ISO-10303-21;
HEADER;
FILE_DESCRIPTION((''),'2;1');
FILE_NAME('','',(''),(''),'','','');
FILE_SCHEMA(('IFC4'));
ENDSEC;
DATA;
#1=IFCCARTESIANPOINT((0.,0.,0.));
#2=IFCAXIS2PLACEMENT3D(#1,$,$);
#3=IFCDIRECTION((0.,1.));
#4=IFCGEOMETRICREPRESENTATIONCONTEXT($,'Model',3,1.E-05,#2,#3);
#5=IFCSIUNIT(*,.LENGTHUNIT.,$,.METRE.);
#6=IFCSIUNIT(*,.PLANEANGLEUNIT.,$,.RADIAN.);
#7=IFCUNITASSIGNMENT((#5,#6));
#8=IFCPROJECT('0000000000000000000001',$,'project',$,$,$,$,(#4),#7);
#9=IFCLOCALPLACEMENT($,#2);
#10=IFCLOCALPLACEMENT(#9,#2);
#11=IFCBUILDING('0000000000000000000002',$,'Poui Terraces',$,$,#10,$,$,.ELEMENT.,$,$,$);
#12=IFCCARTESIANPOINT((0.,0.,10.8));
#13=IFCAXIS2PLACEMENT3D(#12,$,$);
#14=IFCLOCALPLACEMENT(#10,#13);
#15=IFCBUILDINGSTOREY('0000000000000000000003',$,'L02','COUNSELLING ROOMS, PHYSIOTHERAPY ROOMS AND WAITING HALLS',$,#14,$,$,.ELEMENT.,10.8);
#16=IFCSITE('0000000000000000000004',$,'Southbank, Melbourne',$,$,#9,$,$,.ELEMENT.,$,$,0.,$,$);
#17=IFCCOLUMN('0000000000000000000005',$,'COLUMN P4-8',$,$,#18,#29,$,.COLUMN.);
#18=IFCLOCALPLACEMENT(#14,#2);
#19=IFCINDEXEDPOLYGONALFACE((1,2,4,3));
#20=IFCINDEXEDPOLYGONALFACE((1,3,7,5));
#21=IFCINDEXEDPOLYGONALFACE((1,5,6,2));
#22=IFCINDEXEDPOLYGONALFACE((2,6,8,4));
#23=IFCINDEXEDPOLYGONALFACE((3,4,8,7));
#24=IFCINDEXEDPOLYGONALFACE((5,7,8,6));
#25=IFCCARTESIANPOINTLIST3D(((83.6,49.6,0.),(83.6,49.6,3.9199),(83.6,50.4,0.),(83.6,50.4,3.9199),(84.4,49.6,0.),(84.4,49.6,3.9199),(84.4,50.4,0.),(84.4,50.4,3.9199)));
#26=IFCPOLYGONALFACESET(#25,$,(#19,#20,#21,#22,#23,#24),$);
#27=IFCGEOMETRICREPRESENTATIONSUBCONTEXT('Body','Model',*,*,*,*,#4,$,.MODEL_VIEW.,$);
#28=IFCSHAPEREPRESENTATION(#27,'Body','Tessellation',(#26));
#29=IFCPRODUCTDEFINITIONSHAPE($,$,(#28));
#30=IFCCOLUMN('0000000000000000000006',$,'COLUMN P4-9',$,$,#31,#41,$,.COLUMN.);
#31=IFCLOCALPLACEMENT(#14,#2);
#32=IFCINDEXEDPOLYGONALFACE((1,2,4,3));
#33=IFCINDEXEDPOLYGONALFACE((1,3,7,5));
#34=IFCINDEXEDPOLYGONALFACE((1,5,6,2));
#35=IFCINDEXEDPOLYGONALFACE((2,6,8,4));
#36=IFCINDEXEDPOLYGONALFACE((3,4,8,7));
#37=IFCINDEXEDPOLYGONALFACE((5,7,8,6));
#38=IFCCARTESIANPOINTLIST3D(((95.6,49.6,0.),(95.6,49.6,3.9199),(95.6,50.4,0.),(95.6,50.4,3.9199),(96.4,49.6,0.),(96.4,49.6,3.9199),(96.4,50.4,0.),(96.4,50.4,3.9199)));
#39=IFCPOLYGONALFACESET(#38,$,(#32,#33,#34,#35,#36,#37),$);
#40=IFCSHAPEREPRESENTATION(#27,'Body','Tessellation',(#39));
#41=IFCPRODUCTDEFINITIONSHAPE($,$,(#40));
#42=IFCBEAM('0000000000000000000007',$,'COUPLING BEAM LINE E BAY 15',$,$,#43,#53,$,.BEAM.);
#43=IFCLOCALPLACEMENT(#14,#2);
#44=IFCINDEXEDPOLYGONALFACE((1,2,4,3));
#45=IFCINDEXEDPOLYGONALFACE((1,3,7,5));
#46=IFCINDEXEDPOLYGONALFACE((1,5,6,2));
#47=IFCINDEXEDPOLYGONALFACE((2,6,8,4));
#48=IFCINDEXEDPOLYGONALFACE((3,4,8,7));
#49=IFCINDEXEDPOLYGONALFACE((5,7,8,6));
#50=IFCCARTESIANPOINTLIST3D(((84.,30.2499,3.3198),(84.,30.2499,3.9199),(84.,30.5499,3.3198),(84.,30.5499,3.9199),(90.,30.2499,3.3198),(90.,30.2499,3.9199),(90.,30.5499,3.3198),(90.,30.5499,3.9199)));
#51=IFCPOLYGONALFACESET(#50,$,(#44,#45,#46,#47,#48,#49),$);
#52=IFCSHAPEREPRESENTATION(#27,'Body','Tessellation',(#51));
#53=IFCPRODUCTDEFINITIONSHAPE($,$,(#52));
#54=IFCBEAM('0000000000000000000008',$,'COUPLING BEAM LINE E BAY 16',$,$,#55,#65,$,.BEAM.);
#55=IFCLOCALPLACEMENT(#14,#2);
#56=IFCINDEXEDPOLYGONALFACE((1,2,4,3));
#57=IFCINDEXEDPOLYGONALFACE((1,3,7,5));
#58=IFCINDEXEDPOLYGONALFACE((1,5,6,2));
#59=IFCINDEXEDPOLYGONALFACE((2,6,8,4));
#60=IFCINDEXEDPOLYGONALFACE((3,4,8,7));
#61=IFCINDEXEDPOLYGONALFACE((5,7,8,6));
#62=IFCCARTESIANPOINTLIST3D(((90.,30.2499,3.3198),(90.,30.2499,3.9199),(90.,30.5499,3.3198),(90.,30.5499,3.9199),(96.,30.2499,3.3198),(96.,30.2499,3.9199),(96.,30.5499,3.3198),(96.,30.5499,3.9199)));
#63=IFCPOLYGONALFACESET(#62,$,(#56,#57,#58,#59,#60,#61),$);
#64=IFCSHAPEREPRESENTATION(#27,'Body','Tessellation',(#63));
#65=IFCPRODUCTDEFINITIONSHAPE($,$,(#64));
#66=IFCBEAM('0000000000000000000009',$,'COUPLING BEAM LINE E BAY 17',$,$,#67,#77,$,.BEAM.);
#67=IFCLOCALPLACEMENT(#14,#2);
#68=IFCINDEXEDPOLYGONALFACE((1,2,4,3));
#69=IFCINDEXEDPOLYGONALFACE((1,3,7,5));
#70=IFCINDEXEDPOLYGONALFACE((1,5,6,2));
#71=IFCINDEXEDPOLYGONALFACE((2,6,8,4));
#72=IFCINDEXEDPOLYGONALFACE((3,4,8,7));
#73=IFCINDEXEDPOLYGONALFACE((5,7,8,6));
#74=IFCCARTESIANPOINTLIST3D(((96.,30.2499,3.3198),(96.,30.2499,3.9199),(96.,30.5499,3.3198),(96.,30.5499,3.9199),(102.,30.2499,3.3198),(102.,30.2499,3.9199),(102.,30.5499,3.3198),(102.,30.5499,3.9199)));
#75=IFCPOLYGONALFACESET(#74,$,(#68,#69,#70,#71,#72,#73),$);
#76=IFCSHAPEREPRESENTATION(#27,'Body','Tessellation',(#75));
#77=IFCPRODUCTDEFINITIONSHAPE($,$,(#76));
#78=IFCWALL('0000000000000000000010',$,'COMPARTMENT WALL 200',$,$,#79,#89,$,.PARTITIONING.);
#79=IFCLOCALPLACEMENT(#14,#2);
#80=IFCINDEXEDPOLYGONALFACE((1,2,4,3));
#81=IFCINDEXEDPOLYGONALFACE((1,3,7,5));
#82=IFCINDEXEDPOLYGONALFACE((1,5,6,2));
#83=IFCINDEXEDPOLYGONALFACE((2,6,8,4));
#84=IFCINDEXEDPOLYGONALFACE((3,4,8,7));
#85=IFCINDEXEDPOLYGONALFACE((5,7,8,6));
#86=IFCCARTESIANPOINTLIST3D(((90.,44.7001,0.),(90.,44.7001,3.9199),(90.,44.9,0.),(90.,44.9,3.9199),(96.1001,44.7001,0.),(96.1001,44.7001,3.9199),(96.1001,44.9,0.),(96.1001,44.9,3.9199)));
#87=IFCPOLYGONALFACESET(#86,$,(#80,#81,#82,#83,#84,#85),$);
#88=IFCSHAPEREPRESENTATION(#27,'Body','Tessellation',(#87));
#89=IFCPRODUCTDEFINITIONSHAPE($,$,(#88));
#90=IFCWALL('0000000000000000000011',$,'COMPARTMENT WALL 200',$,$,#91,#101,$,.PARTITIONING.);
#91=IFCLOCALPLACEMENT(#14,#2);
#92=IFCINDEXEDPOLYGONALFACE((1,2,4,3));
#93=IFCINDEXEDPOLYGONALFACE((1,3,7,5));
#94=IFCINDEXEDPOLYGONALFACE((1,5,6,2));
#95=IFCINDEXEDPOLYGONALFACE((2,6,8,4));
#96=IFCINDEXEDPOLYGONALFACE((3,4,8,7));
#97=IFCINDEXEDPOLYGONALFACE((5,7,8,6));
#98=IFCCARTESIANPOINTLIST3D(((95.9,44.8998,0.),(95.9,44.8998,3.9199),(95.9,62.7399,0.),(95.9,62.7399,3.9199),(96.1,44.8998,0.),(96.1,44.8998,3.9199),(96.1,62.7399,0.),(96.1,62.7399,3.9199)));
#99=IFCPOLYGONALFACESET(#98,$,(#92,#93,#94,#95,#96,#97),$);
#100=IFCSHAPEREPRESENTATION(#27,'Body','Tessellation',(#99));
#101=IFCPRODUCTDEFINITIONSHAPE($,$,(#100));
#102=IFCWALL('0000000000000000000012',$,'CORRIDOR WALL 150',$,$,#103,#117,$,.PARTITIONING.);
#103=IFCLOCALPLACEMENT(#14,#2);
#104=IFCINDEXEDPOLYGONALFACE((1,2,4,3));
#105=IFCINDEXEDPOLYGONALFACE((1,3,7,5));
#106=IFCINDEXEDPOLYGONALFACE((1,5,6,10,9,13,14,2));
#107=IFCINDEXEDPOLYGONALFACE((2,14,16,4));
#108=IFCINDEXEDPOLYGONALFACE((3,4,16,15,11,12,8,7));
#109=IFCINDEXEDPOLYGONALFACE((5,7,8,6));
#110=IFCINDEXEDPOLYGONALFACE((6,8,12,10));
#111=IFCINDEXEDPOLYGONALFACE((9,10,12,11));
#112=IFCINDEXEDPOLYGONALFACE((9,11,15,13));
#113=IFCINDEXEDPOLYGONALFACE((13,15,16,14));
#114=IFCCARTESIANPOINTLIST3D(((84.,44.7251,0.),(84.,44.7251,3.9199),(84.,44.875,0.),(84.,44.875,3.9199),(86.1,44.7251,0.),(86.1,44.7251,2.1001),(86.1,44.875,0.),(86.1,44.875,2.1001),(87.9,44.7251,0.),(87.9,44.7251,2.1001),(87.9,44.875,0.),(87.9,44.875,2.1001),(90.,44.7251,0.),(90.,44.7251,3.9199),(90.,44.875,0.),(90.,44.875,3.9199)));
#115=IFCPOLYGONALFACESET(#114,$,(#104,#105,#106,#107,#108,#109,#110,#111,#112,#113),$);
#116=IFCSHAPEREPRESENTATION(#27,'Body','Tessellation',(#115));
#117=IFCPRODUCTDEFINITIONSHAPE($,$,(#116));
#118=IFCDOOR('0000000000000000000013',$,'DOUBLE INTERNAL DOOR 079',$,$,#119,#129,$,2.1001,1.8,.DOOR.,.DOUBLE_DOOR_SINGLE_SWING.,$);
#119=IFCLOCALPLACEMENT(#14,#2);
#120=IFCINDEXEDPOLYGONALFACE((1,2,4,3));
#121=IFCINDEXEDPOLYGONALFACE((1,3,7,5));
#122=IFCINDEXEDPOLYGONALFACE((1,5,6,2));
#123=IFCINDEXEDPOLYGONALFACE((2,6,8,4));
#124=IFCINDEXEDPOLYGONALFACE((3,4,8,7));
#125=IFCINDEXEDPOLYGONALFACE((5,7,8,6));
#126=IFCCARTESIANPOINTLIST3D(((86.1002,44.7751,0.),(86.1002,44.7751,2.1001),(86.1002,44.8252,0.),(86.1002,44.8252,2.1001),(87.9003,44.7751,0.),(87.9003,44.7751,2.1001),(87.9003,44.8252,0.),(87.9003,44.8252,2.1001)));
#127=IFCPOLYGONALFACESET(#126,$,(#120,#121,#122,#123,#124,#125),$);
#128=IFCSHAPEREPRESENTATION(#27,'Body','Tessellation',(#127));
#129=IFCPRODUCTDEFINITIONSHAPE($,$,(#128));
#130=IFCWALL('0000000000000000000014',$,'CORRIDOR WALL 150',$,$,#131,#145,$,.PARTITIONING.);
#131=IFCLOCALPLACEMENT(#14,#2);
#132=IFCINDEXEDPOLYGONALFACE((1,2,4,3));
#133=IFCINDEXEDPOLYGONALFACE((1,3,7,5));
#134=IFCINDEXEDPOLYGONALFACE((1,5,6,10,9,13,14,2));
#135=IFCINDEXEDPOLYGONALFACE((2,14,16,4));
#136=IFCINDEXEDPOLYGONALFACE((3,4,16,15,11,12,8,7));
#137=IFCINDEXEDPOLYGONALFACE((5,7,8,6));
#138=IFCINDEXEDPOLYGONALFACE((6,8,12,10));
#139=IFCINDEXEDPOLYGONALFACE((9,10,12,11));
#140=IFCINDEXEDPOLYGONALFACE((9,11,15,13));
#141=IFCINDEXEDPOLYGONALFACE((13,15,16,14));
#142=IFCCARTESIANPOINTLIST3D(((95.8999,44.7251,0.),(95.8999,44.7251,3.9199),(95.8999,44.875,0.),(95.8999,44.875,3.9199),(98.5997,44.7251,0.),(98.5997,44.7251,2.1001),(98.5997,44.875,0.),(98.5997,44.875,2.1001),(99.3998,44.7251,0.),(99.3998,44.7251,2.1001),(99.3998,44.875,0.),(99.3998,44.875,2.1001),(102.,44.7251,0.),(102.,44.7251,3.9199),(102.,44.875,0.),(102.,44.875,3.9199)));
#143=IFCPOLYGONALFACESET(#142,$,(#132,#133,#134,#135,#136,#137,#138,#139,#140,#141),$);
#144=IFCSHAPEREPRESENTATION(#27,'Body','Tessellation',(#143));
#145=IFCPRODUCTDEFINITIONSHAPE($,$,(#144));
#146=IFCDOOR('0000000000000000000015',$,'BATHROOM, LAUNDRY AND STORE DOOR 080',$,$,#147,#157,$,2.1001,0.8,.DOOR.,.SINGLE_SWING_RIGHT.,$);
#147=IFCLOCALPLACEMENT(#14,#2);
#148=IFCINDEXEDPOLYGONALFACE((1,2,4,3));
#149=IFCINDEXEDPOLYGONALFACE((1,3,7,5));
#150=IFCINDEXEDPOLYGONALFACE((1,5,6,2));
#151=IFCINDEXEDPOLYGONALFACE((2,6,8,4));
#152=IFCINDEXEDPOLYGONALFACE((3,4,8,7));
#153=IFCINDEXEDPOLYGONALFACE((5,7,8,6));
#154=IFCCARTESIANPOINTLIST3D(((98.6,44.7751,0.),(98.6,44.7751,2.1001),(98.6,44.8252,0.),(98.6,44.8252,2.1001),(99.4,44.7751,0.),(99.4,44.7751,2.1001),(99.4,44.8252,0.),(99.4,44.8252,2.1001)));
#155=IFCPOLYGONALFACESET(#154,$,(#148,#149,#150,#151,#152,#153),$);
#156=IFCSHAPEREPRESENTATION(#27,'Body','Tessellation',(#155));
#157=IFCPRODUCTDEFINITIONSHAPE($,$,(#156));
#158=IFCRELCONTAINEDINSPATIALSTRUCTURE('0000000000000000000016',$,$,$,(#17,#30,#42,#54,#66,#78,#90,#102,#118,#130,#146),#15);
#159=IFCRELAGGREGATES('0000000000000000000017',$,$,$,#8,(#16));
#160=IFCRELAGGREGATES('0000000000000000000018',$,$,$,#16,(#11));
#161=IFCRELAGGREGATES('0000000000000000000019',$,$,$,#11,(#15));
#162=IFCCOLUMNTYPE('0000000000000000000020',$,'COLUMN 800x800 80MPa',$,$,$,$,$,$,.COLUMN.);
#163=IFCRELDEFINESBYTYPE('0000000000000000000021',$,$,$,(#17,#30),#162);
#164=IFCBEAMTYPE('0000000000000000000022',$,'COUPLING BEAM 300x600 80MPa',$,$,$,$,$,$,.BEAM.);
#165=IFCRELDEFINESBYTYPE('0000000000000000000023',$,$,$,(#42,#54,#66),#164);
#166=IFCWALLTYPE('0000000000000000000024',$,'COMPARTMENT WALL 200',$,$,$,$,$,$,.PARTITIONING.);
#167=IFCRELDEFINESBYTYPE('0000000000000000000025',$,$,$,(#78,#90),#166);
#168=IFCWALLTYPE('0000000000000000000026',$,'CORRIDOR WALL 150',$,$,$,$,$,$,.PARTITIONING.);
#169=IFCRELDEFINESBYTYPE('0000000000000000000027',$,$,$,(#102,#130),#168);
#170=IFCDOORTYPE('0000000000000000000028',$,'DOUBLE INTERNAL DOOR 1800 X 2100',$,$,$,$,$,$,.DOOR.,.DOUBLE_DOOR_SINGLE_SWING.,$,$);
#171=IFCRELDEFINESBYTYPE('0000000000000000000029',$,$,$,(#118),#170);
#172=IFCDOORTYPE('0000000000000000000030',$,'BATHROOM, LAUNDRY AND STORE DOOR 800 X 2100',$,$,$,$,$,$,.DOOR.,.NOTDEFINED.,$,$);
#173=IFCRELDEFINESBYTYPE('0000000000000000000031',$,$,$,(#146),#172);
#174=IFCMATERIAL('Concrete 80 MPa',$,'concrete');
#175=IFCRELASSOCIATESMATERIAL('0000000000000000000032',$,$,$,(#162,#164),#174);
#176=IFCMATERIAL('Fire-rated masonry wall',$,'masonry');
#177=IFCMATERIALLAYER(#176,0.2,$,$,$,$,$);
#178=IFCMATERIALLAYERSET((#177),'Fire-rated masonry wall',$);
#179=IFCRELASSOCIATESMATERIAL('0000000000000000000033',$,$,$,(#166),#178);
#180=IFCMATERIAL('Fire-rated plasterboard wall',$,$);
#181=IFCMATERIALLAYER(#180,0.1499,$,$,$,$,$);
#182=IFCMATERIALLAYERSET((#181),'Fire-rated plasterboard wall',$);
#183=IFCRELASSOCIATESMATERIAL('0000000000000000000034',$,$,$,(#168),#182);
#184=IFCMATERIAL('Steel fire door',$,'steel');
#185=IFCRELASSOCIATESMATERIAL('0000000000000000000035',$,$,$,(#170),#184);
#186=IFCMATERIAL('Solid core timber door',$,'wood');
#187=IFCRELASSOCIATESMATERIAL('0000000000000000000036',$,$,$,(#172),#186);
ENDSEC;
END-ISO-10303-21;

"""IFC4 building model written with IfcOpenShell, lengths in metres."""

from ifc_helpers import new_model, si_unit, direction, frame, frame_2d, origin, origin_2d, place, context, subcontext, project, spatial, rectangle, extrude, source, transform, mapped, material, layer, layer_set, material_profile, profile_set, type_object, element, fill, save


model = new_model("IFC4")

# Units and contexts
model_context = context("Model", 3, precision=1e-05, world=origin(), true_north=direction((0.0, 1.0)))
body_context = subcontext(model_context, "Body", "Model", "MODEL_VIEW")
ifc_project = project(units=[si_unit("LENGTHUNIT", "METRE"), si_unit("PLANEANGLEUNIT", "RADIAN")], contexts=[model_context])

# Site, building, storey
site_placement = place(None, origin())
site = spatial("IfcSite", under=ifc_project, at=site_placement, Name="Southbank, Melbourne", CompositionType="ELEMENT", RefElevation=0.0)
building_placement = place(site_placement, origin())
building = spatial("IfcBuilding", under=site, at=building_placement, Name="Poui Terraces", CompositionType="ELEMENT")
storey_placement = place(building_placement, frame((0.0, 0.0, 10.8)))
storey = spatial("IfcBuildingStorey", under=building, at=storey_placement, Name="L02", Description="COUNSELLING ROOMS, PHYSIOTHERAPY ROOMS AND WAITING HALLS", CompositionType="ELEMENT", Elevation=10.8)

# Columns
ifc_material_1 = material(Name="Concrete 80 MPa", Category="concrete")
ifc_material_profile_1 = material_profile(ifc_material_1, rectangle(XDim=0.8, YDim=0.8, at=origin_2d()), Name="RC 800x800")
ifc_profile_set_1 = profile_set([ifc_material_profile_1], Name="Concrete 80 MPa")
column_type = type_object("IfcColumnType", Name="COLUMN 800x800 80MPa", PredefinedType="COLUMN", material=ifc_profile_set_1)
shared_shape_1 = source(origin(), body_context, "Body", "SweptSolid", [
    extrude(rectangle(XDim=0.8, YDim=0.8, at=origin_2d()), origin(), (0.0, 0.0, 1.0), 3.9199),
])
for number, where, z_axis, x_axis, name in (
    (1, (84.0, 50.0, 0.0), (0.0, 0.0, 1.0), (1.0, 0.0, 0.0), "COLUMN P4-8"),
    (2, (96.0, 50.0, 0.0), (0.0, 0.0, 1.0), (1.0, 0.0, 0.0), "COLUMN P4-9"),
):
    element("IfcColumn", number, at=place(storey_placement, frame(where, z_axis=z_axis, x_axis=x_axis)), inside=storey, type_object=column_type, Name=name, PredefinedType="COLUMN", context=body_context, shape_type="MappedRepresentation", body=[
        mapped(shared_shape_1, transform((0.0, 0.0, 0.0))),
    ])

# Beams
ifc_material_profile_2 = material_profile(ifc_material_1, rectangle(XDim=0.3, YDim=0.6001, at=origin_2d()), Name="RC 300x600")
ifc_profile_set_2 = profile_set([ifc_material_profile_2], Name="Concrete 80 MPa")
beam_type = type_object("IfcBeamType", Name="COUPLING BEAM 300x600 80MPa", PredefinedType="BEAM", material=ifc_profile_set_2)
shared_shape_2 = source(origin(), body_context, "Body", "SweptSolid", [
    extrude(rectangle(XDim=0.3, YDim=0.6001, at=origin_2d()), origin(), (0.0, 0.0, 1.0), 6.0),
])
for number, where, z_axis, x_axis, name in (
    (3, (84.0, 30.3999, 3.6199), (1.0, 0.0, 0.0), (0.0, 1.0, 0.0), "COUPLING BEAM LINE E BAY 15"),
    (4, (90.0, 30.3999, 3.6199), (1.0, 0.0, 0.0), (0.0, 1.0, 0.0), "COUPLING BEAM LINE E BAY 16"),
    (5, (96.0, 30.3999, 3.6199), (1.0, 0.0, 0.0), (0.0, 1.0, 0.0), "COUPLING BEAM LINE E BAY 17"),
):
    element("IfcBeam", number, at=place(storey_placement, frame(where, z_axis=z_axis, x_axis=x_axis)), inside=storey, type_object=beam_type, Name=name, PredefinedType="BEAM", context=body_context, shape_type="MappedRepresentation", body=[
        mapped(shared_shape_2, transform((0.0, 0.0, 0.0))),
    ])

# Walls
ifc_material_2 = material(Name="Fire-rated masonry wall", Category="masonry")
ifc_layer_1 = layer(ifc_material_2, 0.2)
ifc_layer_set_1 = layer_set([ifc_layer_1], Name="Fire-rated masonry wall")
wall_type_1 = type_object("IfcWallType", Name="COMPARTMENT WALL 200", PredefinedType="PARTITIONING", material=ifc_layer_set_1)
wall_1_placement = place(storey_placement, frame((90.0, 44.8, 0.0), z_axis=(0.0, 0.0, 1.0), x_axis=(1.0, 0.0, 0.0)))
element("IfcWall", 6, at=wall_1_placement, inside=storey, type_object=wall_type_1, Name="COMPARTMENT WALL 200", PredefinedType="PARTITIONING", context=body_context, shape_type="SweptSolid", body=[
    extrude(rectangle(XDim=6.1001, YDim=0.2, at=frame_2d((3.05, 0.0))), origin(), (0.0, 0.0, 1.0), 3.9199),
])
wall_2_placement = place(storey_placement, frame((96.0, 44.8999, 0.0), z_axis=(0.0, 0.0, 1.0), x_axis=(0.0, 1.0, 0.0)))
element("IfcWall", 7, at=wall_2_placement, inside=storey, type_object=wall_type_1, Name="COMPARTMENT WALL 200", PredefinedType="PARTITIONING", context=body_context, shape_type="SweptSolid", body=[
    extrude(rectangle(XDim=17.8401, YDim=0.2, at=frame_2d((8.9199, 0.0))), origin(), (0.0, 0.0, 1.0), 3.9199),
])

# Walls, openings, doors
ifc_material_3 = material(Name="Fire-rated plasterboard wall")
ifc_layer_2 = layer(ifc_material_3, 0.1499)
ifc_layer_set_2 = layer_set([ifc_layer_2], Name="Fire-rated plasterboard wall")
wall_type_2 = type_object("IfcWallType", Name="CORRIDOR WALL 150", PredefinedType="PARTITIONING", material=ifc_layer_set_2)
wall_3_placement = place(storey_placement, frame((84.0, 44.8, 0.0), z_axis=(0.0, 0.0, 1.0), x_axis=(1.0, 0.0, 0.0)))
wall_3 = element("IfcWall", 8, at=wall_3_placement, inside=storey, type_object=wall_type_2, Name="CORRIDOR WALL 150", PredefinedType="PARTITIONING", context=body_context, shape_type="SweptSolid", body=[
    extrude(rectangle(XDim=6.0, YDim=0.1499, at=frame_2d((3.0, 0.0))), origin(), (0.0, 0.0, 1.0), 3.9199),
])
opening_1_placement = place(wall_3_placement, frame((2.1001, 0.0, 0.0)))
opening_1 = element("IfcOpeningElement", 9, at=opening_1_placement, cuts=wall_3, PredefinedType="OPENING", context=body_context, shape_type="SweptSolid", body=[
    extrude(rectangle(XDim=1.8, YDim=2.1001, at=frame_2d((0.8999, 1.05))), frame((0.0, 0.085, 0.0), z_axis=(0.0, -1.0, 0.0), x_axis=(1.0, 0.0, 0.0)), (0.0, 0.0, 1.0), 0.1699),
])
ifc_material_4 = material(Name="Steel fire door", Category="steel")
door_type_1 = type_object("IfcDoorType", Name="DOUBLE INTERNAL DOOR 1800 X 2100", OperationType="DOUBLE_DOOR_SINGLE_SWING", PredefinedType="DOOR", material=ifc_material_4)
door_1_placement = place(opening_1_placement, frame((1.8, 0.0, 0.0), z_axis=(0.0, 0.0, 1.0), x_axis=(-1.0, 0.0, 0.0)))
door_1 = element("IfcDoor", 10, at=door_1_placement, inside=storey, type_object=door_type_1, Name="DOUBLE INTERNAL DOOR 079", OperationType="DOUBLE_DOOR_SINGLE_SWING", OverallHeight=2.1001, OverallWidth=1.8, PredefinedType="DOOR", context=body_context, shape_type="SweptSolid", body=[
    extrude(rectangle(XDim=1.8, YDim=2.1001, at=frame_2d((0.8999, 1.05))), frame((0.0, 0.0249, 0.0), z_axis=(0.0, -1.0, 0.0), x_axis=(1.0, 0.0, 0.0)), (0.0, 0.0, 1.0), 0.05),
])
fill(opening_1, door_1)
wall_4_placement = place(storey_placement, frame((95.8999, 44.8, 0.0), z_axis=(0.0, 0.0, 1.0), x_axis=(1.0, 0.0, 0.0)))
wall_4 = element("IfcWall", 11, at=wall_4_placement, inside=storey, type_object=wall_type_2, Name="CORRIDOR WALL 150", PredefinedType="PARTITIONING", context=body_context, shape_type="SweptSolid", body=[
    extrude(rectangle(XDim=6.1001, YDim=0.1499, at=frame_2d((3.05, 0.0))), origin(), (0.0, 0.0, 1.0), 3.9199),
])
opening_2_placement = place(wall_4_placement, frame((2.7, 0.0, 0.0)))
opening_2 = element("IfcOpeningElement", 12, at=opening_2_placement, cuts=wall_4, PredefinedType="OPENING", context=body_context, shape_type="SweptSolid", body=[
    extrude(rectangle(XDim=0.8, YDim=2.1001, at=frame_2d((0.3999, 1.05))), frame((0.0, 0.085, 0.0), z_axis=(0.0, -1.0, 0.0), x_axis=(1.0, 0.0, 0.0)), (0.0, 0.0, 1.0), 0.1699),
])
ifc_material_5 = material(Name="Solid core timber door", Category="wood")
door_type_2 = type_object("IfcDoorType", Name="BATHROOM, LAUNDRY AND STORE DOOR 800 X 2100", OperationType="NOTDEFINED", PredefinedType="DOOR", material=ifc_material_5)
door_2_placement = place(opening_2_placement, frame((0.8, 0.0, 0.0), z_axis=(0.0, 0.0, 1.0), x_axis=(-1.0, 0.0, 0.0)))
door_2 = element("IfcDoor", 13, at=door_2_placement, inside=storey, type_object=door_type_2, Name="BATHROOM, LAUNDRY AND STORE DOOR 080", OperationType="SINGLE_SWING_RIGHT", OverallHeight=2.1001, OverallWidth=0.8, PredefinedType="DOOR", context=body_context, shape_type="SweptSolid", body=[
    extrude(rectangle(XDim=0.8, YDim=2.1001, at=frame_2d((0.3999, 1.05))), frame((0.0, 0.0249, 0.0), z_axis=(0.0, -1.0, 0.0), x_axis=(1.0, 0.0, 0.0)), (0.0, 0.0, 1.0), 0.05),
])
fill(opening_2, door_2)

save(model, "model.ifc")
